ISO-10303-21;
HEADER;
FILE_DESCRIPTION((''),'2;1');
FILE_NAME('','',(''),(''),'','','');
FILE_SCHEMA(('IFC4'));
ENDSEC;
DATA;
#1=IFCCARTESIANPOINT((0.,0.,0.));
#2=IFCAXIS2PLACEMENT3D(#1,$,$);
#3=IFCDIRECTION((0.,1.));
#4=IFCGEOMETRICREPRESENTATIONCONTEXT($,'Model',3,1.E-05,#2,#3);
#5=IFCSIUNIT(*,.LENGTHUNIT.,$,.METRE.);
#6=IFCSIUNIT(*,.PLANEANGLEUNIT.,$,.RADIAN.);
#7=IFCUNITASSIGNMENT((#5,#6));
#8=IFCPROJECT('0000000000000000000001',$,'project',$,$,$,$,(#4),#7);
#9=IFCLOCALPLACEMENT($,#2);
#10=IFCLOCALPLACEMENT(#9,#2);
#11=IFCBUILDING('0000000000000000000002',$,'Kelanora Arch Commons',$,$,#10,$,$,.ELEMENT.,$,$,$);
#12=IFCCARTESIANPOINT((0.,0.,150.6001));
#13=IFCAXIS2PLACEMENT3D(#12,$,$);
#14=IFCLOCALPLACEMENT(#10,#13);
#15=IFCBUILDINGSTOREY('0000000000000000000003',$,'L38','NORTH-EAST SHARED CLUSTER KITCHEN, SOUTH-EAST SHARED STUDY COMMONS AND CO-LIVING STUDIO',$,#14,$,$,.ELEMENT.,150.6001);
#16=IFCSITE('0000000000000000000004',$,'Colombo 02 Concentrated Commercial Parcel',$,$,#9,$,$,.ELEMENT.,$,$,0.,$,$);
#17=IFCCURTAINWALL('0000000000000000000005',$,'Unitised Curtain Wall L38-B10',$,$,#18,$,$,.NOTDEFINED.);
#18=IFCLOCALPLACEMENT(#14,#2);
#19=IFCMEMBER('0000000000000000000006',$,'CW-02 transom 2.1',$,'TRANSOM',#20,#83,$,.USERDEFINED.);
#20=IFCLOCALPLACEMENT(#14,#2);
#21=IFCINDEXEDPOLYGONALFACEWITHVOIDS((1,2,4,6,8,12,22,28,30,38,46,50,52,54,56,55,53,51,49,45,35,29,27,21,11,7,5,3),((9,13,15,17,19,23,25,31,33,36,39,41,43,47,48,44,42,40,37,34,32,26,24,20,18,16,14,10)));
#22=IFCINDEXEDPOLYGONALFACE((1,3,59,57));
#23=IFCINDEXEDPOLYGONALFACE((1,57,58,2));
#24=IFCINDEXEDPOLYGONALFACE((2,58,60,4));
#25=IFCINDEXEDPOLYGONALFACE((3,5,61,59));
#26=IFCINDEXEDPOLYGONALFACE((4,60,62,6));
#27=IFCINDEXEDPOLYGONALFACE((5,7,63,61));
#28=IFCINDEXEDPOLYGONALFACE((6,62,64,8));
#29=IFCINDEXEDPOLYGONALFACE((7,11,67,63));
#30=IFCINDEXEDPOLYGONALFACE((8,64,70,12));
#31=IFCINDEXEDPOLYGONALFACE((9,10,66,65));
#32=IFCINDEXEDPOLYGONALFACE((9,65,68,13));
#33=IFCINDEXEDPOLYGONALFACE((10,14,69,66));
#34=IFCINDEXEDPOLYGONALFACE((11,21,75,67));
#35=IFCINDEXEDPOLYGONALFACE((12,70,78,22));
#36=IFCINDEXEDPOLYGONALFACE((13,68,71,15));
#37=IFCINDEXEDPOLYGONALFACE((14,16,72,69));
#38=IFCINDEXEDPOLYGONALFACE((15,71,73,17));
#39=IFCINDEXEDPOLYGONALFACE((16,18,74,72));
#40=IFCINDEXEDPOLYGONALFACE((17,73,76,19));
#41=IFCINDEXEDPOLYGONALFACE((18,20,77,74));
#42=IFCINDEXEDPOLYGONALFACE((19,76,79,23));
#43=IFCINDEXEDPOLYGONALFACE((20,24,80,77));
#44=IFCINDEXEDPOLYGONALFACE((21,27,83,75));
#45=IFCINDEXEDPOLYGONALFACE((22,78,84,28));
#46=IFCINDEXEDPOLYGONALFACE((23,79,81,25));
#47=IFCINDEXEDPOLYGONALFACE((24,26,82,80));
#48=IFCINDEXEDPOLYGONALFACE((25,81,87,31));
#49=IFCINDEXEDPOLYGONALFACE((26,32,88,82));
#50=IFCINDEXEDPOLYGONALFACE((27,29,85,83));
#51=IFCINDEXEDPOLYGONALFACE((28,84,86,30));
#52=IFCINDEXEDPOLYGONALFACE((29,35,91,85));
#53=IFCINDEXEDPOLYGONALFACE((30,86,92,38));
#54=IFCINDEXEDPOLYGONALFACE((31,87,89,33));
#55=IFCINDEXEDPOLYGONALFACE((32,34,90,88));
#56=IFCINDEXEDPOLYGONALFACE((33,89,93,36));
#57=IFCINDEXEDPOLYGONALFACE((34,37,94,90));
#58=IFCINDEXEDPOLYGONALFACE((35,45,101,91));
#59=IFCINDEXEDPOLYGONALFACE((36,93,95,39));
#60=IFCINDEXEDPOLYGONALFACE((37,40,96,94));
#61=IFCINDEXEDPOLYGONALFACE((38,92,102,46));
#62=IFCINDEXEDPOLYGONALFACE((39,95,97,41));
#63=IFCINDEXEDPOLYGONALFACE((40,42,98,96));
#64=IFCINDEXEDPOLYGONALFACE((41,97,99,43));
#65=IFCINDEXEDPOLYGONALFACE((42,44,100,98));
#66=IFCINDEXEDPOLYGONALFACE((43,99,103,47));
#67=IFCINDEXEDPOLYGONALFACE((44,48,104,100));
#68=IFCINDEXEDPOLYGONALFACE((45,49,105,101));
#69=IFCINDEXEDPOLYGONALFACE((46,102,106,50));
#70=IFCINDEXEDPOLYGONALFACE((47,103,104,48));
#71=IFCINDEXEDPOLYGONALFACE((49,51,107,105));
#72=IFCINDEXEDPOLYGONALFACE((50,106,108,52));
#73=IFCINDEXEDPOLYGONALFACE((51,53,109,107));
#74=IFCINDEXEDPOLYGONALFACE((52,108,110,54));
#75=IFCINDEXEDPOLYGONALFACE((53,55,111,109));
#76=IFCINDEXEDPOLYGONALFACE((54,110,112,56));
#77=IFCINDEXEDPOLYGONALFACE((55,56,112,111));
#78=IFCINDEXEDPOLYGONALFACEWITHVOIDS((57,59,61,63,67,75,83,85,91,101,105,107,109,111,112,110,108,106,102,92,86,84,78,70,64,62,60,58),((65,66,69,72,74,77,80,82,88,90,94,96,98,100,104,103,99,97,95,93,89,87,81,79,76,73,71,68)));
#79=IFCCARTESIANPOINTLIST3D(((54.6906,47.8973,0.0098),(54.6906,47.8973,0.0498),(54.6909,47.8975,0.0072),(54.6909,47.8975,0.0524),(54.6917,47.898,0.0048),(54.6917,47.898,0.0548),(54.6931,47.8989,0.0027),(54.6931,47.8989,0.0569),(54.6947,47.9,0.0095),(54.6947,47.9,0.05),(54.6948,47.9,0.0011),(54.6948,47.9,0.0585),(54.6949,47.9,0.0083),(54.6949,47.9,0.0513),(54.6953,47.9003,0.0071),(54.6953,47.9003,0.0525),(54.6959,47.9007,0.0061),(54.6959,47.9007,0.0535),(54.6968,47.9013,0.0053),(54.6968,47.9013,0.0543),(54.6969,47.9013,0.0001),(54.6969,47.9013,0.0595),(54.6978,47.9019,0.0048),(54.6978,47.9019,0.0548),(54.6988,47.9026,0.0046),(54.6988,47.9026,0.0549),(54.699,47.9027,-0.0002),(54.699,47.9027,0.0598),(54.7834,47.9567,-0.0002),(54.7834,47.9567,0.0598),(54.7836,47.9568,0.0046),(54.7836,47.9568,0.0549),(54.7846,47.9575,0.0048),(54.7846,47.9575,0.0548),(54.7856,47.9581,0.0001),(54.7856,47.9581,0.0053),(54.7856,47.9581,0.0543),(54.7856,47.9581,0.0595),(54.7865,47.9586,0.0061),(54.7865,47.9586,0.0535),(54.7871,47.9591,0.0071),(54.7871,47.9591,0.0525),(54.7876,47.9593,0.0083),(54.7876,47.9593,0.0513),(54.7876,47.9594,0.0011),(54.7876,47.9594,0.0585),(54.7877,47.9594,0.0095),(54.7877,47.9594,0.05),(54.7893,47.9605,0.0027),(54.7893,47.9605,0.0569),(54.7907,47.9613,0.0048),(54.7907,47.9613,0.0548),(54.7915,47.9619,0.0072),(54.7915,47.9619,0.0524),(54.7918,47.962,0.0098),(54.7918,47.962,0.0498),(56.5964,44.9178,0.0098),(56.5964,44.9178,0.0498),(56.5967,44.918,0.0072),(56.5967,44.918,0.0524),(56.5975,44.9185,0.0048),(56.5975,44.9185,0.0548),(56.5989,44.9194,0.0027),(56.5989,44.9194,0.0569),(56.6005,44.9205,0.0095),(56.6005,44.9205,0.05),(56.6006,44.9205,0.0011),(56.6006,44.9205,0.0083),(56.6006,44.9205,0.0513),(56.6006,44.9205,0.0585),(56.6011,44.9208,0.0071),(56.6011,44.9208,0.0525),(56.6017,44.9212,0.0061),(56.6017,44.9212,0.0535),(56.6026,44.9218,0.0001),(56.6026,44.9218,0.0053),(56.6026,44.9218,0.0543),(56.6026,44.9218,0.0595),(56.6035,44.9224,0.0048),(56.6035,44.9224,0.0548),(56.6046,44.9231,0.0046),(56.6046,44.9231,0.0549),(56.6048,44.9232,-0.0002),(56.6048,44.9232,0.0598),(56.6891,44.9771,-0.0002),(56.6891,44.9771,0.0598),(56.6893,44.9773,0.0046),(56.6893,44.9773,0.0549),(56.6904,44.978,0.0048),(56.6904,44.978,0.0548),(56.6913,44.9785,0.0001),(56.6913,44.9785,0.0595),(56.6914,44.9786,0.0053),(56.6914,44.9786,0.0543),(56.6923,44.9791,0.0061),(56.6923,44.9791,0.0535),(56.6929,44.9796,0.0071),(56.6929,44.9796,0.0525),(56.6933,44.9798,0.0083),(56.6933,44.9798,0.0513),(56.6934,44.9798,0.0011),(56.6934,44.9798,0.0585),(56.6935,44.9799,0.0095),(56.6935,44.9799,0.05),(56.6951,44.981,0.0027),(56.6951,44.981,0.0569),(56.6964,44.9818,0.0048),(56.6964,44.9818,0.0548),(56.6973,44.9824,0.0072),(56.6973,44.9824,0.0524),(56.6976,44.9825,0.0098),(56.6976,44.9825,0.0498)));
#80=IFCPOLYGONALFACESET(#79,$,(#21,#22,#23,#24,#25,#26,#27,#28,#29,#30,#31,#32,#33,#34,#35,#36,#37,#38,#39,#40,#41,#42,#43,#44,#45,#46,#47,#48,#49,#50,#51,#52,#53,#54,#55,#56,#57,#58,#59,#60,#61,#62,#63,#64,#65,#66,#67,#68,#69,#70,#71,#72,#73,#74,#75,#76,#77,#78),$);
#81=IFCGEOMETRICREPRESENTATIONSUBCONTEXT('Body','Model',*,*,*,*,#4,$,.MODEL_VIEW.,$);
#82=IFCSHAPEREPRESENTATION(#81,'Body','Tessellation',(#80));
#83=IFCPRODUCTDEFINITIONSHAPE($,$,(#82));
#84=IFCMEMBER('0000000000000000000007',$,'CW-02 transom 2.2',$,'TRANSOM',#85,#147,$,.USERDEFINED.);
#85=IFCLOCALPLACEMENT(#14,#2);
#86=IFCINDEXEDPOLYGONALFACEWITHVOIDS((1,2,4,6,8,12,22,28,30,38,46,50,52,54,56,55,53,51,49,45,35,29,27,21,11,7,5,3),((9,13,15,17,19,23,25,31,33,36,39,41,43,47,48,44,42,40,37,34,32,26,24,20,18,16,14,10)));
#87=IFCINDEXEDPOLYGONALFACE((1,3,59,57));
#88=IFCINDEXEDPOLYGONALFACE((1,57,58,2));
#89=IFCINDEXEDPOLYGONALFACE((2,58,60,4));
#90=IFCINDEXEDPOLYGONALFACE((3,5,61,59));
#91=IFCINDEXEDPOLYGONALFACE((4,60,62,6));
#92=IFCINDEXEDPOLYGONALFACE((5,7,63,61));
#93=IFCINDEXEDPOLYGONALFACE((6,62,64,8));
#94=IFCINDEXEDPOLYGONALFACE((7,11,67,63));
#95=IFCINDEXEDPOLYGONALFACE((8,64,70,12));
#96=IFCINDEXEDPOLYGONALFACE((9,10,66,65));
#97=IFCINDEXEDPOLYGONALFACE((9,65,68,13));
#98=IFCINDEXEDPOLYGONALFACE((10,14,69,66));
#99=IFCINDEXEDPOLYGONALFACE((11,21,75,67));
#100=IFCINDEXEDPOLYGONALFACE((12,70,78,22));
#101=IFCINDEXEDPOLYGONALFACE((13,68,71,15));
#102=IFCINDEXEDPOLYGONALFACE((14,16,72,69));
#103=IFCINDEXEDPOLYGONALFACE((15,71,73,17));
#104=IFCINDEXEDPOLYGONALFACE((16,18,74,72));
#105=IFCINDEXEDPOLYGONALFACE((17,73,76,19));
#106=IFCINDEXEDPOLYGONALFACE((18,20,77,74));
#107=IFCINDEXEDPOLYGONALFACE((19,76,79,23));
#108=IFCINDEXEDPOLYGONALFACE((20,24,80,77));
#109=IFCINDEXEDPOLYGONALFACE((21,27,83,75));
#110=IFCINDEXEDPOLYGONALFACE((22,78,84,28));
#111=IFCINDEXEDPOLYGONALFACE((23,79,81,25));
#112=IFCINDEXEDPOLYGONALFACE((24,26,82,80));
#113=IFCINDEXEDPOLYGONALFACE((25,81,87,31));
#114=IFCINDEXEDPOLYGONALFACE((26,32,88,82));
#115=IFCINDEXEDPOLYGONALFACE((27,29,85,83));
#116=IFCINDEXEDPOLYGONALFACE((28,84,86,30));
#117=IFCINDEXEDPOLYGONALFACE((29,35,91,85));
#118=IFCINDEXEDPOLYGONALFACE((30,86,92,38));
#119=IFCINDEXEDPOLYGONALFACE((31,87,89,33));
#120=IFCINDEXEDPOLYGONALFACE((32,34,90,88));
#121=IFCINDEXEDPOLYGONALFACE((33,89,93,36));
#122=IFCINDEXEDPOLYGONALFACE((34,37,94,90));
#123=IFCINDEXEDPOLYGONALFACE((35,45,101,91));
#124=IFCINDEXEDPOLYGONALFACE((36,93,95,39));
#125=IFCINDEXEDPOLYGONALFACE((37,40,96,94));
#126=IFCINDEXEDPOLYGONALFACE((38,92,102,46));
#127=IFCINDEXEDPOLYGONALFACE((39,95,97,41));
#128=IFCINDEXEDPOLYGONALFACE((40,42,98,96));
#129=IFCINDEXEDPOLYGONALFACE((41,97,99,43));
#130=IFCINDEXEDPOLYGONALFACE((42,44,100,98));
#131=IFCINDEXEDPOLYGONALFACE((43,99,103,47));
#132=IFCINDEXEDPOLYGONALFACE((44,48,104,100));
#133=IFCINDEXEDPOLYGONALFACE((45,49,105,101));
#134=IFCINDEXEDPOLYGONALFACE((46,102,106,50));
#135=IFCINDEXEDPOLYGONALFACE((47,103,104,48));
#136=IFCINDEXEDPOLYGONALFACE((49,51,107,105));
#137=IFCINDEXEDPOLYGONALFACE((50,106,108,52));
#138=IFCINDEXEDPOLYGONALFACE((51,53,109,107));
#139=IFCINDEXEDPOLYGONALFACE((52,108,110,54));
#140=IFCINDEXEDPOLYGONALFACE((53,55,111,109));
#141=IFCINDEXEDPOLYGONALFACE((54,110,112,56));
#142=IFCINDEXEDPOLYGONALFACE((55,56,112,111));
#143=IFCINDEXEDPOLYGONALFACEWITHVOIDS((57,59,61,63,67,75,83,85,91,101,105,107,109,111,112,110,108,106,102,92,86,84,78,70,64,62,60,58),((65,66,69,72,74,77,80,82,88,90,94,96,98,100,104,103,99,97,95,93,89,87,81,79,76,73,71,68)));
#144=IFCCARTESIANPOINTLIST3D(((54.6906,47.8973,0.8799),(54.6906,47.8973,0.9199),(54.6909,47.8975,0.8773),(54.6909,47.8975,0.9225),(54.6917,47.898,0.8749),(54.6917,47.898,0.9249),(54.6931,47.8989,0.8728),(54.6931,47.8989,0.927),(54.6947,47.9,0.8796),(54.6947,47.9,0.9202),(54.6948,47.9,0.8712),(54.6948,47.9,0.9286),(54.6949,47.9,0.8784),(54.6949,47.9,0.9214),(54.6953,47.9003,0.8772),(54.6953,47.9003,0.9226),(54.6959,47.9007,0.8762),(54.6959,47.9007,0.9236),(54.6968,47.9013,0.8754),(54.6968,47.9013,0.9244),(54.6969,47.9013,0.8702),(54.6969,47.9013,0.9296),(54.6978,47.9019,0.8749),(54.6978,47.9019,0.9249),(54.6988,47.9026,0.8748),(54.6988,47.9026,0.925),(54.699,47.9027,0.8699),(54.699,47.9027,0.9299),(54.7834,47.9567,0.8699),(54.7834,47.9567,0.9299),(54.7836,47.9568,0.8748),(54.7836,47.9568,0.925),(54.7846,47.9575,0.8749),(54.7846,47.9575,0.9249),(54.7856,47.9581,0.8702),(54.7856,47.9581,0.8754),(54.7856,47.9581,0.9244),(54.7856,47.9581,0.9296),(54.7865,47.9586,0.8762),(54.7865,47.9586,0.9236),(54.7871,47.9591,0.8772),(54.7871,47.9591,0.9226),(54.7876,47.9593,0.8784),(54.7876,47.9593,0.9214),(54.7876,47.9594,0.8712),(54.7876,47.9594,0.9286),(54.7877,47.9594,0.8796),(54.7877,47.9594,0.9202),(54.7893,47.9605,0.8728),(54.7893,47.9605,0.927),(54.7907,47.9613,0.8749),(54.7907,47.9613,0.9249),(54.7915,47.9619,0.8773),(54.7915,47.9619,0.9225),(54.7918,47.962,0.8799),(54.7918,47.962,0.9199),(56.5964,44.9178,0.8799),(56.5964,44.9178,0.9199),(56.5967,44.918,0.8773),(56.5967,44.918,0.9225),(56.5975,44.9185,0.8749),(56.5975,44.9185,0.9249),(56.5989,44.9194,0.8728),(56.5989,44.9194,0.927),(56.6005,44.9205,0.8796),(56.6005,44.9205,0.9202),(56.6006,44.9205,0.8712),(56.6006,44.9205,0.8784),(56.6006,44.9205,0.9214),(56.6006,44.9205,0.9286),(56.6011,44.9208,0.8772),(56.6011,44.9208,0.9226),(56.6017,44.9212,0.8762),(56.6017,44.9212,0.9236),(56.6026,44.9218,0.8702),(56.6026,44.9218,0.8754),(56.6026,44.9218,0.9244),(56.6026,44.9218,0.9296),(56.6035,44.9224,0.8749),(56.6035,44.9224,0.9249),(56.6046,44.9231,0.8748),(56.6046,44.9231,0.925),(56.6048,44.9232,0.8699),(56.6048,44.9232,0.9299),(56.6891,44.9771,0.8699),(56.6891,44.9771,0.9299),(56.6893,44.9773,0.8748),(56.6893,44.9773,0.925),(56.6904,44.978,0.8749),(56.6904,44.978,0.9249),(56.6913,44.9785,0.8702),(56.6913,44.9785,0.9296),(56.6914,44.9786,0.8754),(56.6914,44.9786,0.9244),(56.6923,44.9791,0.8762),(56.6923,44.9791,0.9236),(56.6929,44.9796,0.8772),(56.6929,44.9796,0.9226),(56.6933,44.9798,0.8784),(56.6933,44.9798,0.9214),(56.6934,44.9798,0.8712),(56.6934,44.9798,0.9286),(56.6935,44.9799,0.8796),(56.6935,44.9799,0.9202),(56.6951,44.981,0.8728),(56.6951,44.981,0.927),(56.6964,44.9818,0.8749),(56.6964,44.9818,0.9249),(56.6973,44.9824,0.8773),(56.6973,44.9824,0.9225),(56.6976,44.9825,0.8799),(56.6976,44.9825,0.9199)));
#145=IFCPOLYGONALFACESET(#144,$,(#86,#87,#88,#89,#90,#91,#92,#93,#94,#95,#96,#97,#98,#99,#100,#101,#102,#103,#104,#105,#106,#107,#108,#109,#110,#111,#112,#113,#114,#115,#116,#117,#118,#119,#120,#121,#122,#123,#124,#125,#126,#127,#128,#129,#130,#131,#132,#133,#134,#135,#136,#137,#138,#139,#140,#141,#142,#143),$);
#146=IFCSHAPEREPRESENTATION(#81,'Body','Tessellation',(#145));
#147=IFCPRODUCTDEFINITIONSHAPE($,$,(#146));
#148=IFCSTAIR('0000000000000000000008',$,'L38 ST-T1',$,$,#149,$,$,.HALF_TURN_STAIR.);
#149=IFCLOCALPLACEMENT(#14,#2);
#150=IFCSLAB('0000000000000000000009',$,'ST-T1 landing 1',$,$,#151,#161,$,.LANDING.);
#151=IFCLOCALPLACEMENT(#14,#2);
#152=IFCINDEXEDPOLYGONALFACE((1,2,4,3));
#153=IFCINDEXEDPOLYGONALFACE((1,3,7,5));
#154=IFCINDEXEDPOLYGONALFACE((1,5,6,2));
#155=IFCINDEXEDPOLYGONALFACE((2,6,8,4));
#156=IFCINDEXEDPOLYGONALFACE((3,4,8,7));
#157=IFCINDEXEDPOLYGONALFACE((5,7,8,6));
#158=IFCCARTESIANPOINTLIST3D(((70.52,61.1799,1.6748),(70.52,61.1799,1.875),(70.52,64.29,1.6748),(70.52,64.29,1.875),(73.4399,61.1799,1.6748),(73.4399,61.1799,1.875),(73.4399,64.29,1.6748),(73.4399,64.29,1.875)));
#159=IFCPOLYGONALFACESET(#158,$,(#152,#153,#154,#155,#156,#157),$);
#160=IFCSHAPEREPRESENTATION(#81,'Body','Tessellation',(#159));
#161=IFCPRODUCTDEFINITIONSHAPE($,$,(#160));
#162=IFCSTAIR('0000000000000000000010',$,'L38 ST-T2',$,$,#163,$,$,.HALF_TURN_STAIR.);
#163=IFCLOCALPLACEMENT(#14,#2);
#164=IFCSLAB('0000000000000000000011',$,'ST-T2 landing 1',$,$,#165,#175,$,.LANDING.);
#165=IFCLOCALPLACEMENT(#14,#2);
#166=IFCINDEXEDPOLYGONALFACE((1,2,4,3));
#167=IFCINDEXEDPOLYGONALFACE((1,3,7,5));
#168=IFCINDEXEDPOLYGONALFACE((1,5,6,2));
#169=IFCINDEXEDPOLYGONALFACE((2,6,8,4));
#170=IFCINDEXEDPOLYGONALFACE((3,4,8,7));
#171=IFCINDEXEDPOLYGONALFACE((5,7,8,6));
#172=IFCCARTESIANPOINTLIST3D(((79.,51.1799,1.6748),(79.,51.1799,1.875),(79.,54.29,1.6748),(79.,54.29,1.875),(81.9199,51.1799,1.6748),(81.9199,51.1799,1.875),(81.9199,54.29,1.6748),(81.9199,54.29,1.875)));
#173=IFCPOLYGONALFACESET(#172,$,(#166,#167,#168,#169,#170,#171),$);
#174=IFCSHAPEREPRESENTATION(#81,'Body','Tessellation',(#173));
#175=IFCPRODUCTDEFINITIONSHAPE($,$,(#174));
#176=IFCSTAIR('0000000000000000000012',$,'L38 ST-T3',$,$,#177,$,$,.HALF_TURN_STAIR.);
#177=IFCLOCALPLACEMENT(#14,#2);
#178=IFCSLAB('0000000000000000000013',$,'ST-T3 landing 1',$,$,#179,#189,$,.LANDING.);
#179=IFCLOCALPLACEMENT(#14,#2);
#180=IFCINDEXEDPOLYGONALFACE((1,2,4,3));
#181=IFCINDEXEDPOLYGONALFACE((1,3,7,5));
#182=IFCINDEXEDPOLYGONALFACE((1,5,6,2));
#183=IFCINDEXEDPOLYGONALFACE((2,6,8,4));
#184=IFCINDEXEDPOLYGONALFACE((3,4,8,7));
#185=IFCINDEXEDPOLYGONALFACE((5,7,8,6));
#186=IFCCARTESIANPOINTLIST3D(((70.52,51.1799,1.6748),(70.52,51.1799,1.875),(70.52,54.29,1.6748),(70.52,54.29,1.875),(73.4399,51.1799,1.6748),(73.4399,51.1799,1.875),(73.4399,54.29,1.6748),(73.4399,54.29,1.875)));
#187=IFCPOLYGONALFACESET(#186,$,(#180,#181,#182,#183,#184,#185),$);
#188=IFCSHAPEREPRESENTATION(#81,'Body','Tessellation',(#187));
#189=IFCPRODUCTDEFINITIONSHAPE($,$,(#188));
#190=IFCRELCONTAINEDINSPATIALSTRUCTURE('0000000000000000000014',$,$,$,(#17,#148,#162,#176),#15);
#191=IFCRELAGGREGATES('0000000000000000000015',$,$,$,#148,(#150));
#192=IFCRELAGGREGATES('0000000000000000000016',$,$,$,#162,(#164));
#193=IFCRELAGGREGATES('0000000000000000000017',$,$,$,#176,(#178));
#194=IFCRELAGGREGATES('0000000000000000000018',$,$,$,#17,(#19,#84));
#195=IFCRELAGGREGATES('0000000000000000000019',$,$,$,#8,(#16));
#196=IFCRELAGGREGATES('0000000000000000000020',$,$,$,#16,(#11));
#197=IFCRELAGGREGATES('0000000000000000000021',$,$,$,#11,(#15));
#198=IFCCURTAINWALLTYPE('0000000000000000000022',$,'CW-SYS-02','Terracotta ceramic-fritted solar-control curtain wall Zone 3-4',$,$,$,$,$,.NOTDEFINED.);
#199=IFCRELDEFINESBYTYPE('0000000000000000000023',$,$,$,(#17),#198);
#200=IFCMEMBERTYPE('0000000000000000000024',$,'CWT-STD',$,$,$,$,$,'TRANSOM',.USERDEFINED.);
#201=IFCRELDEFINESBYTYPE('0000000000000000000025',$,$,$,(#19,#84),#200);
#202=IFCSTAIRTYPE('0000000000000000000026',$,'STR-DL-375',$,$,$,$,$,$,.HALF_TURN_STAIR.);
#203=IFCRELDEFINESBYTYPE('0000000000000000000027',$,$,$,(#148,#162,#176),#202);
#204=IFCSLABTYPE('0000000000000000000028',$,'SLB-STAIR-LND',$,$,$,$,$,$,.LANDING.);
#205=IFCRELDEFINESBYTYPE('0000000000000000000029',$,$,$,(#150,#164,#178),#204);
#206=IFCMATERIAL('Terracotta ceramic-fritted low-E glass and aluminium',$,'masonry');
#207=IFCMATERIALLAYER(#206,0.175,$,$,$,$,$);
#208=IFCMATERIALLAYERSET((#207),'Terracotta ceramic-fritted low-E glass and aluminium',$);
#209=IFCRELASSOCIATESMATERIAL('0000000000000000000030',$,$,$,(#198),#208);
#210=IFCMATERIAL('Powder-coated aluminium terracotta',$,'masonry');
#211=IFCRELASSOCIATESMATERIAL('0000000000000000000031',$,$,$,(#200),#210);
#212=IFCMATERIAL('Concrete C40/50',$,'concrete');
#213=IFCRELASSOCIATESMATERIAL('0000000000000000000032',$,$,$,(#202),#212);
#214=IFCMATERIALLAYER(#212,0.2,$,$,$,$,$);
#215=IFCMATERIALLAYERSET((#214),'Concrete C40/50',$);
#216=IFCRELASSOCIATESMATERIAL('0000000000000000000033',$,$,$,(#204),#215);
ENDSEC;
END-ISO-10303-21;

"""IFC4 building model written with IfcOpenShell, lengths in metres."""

from ifc_helpers import new_model, si_unit, direction, frame, origin, origin_2d, place, context, subcontext, project, spatial, polyline, hollow_rectangle, outline, extrude, material, layer, layer_set, material_profile, profile_set, type_object, element, aggregate, save


model = new_model("IFC4")

# Units and contexts
model_context = context("Model", 3, precision=1e-05, world=origin(), true_north=direction((0.0, 1.0)))
body_context = subcontext(model_context, "Body", "Model", "MODEL_VIEW")
ifc_project = project(units=[si_unit("LENGTHUNIT", "METRE"), si_unit("PLANEANGLEUNIT", "RADIAN")], contexts=[model_context])

# Site, building, storey
site_placement = place(None, origin())
site = spatial("IfcSite", under=ifc_project, at=site_placement, Name="Colombo 02 Concentrated Commercial Parcel", CompositionType="ELEMENT", RefElevation=0.0)
building_placement = place(site_placement, origin())
building = spatial("IfcBuilding", under=site, at=building_placement, Name="Kelanora Arch Commons", CompositionType="ELEMENT")
storey_placement = place(building_placement, frame((0.0, 0.0, 150.6001)))
storey = spatial("IfcBuildingStorey", under=building, at=storey_placement, Name="L38", Description="NORTH-EAST SHARED CLUSTER KITCHEN, SOUTH-EAST SHARED STUDY COMMONS AND CO-LIVING STUDIO", CompositionType="ELEMENT", Elevation=150.6001)

# Shared definitions
ifc_material_1 = material(Name="Terracotta ceramic-fritted low-E glass and aluminium", Category="masonry")
ifc_layer_1 = layer(ifc_material_1, 0.175)
ifc_layer_set_1 = layer_set([ifc_layer_1], Name="Terracotta ceramic-fritted low-E glass and aluminium")
curtain_wall_type = type_object("IfcCurtainWallType", Name="CW-SYS-02", Description="Terracotta ceramic-fritted solar-control curtain wall Zone 3-4", PredefinedType="NOTDEFINED", material=ifc_layer_set_1)
ifc_material_2 = material(Name="Powder-coated aluminium terracotta", Category="masonry")

# Curtain wall, members
curtain_wall_1_placement = place(storey_placement, origin())
curtain_wall_1 = element("IfcCurtainWall", 1, at=curtain_wall_1_placement, inside=storey, type_object=curtain_wall_type, Name="Unitised Curtain Wall L38-B10", PredefinedType="NOTDEFINED")
ifc_material_profile_1 = material_profile(ifc_material_2, hollow_rectangle(XDim=0.1201, YDim=0.0601, WallThickness=0.0049, InnerFilletRadius=0.0049, OuterFilletRadius=0.01, at=origin_2d()), Name="CWT120x60")
ifc_profile_set_1 = profile_set([ifc_material_profile_1], Name="Powder-coated aluminium terracotta")
member_type_1 = type_object("IfcMemberType", Name="CWT-STD", ElementType="TRANSOM", PredefinedType="USERDEFINED", material=ifc_profile_set_1)
member_1_placement = place(storey_placement, frame((54.7412, 47.9297, 0.0298), z_axis=(0.53883, -0.842414, 0.0), x_axis=(0.842414, 0.53883, 0.0)))
member_1 = element("IfcMember", 2, at=member_1_placement, type_object=member_type_1, Name="CW-02 transom 2.1", ObjectType="TRANSOM", PredefinedType="USERDEFINED", context=body_context, shape_type="SweptSolid", body=[
    extrude(hollow_rectangle(XDim=0.1201, YDim=0.0601, WallThickness=0.0049, InnerFilletRadius=0.0049, OuterFilletRadius=0.01, at=origin_2d()), origin(), (0.0, 0.0, 1.0), 3.5369),
])
member_2_placement = place(storey_placement, frame((54.7412, 47.9297, 0.8999), z_axis=(0.53883, -0.842414, 0.0), x_axis=(0.842414, 0.53883, 0.0)))
member_2 = element("IfcMember", 3, at=member_2_placement, type_object=member_type_1, Name="CW-02 transom 2.2", ObjectType="TRANSOM", PredefinedType="USERDEFINED", context=body_context, shape_type="SweptSolid", body=[
    extrude(hollow_rectangle(XDim=0.1201, YDim=0.0601, WallThickness=0.0049, InnerFilletRadius=0.0049, OuterFilletRadius=0.01, at=origin_2d()), origin(), (0.0, 0.0, 1.0), 3.5369),
])

# Stairs, slabs
ifc_material_3 = material(Name="Concrete C40/50", Category="concrete")
stair_type = type_object("IfcStairType", Name="STR-DL-375", PredefinedType="HALF_TURN_STAIR", material=ifc_material_3)
stair_1_placement = place(storey_placement, origin())
stair_1 = element("IfcStair", 4, at=stair_1_placement, inside=storey, type_object=stair_type, Name="L38 ST-T1", PredefinedType="HALF_TURN_STAIR")
ifc_layer_2 = layer(ifc_material_3, 0.2)
ifc_layer_set_2 = layer_set([ifc_layer_2], Name="Concrete C40/50")
slab_type_1 = type_object("IfcSlabType", Name="SLB-STAIR-LND", PredefinedType="LANDING", material=ifc_layer_set_2)
slab_1_placement = place(storey_placement, frame((0.0, 0.0, 1.6748)))
slab_1 = element("IfcSlab", 5, at=slab_1_placement, type_object=slab_type_1, Name="ST-T1 landing 1", PredefinedType="LANDING", context=body_context, shape_type="SweptSolid", body=[
    extrude(outline(polyline([(70.52, 61.1799), (73.4399, 61.1799), (73.4399, 64.29), (70.52, 64.29), (70.52, 61.1799)])), origin(), (0.0, 0.0, 1.0), 0.2002),
])
aggregate(stair_1, [slab_1])
stair_2_placement = place(storey_placement, origin())
stair_2 = element("IfcStair", 6, at=stair_2_placement, inside=storey, type_object=stair_type, Name="L38 ST-T2", PredefinedType="HALF_TURN_STAIR")
slab_2_placement = place(storey_placement, frame((0.0, 0.0, 1.6748)))
slab_2 = element("IfcSlab", 7, at=slab_2_placement, type_object=slab_type_1, Name="ST-T2 landing 1", PredefinedType="LANDING", context=body_context, shape_type="SweptSolid", body=[
    extrude(outline(polyline([(79.0, 51.1799), (81.9199, 51.1799), (81.9199, 54.29), (79.0, 54.29), (79.0, 51.1799)])), origin(), (0.0, 0.0, 1.0), 0.2002),
])
aggregate(stair_2, [slab_2])
stair_3_placement = place(storey_placement, origin())
stair_3 = element("IfcStair", 8, at=stair_3_placement, inside=storey, type_object=stair_type, Name="L38 ST-T3", PredefinedType="HALF_TURN_STAIR")
slab_3_placement = place(storey_placement, frame((0.0, 0.0, 1.6748)))
slab_3 = element("IfcSlab", 9, at=slab_3_placement, type_object=slab_type_1, Name="ST-T3 landing 1", PredefinedType="LANDING", context=body_context, shape_type="SweptSolid", body=[
    extrude(outline(polyline([(70.52, 51.1799), (73.4399, 51.1799), (73.4399, 54.29), (70.52, 54.29), (70.52, 51.1799)])), origin(), (0.0, 0.0, 1.0), 0.2002),
])
aggregate(stair_3, [slab_3])

aggregate(curtain_wall_1, [member_1, member_2])

save(model, "model.ifc")
